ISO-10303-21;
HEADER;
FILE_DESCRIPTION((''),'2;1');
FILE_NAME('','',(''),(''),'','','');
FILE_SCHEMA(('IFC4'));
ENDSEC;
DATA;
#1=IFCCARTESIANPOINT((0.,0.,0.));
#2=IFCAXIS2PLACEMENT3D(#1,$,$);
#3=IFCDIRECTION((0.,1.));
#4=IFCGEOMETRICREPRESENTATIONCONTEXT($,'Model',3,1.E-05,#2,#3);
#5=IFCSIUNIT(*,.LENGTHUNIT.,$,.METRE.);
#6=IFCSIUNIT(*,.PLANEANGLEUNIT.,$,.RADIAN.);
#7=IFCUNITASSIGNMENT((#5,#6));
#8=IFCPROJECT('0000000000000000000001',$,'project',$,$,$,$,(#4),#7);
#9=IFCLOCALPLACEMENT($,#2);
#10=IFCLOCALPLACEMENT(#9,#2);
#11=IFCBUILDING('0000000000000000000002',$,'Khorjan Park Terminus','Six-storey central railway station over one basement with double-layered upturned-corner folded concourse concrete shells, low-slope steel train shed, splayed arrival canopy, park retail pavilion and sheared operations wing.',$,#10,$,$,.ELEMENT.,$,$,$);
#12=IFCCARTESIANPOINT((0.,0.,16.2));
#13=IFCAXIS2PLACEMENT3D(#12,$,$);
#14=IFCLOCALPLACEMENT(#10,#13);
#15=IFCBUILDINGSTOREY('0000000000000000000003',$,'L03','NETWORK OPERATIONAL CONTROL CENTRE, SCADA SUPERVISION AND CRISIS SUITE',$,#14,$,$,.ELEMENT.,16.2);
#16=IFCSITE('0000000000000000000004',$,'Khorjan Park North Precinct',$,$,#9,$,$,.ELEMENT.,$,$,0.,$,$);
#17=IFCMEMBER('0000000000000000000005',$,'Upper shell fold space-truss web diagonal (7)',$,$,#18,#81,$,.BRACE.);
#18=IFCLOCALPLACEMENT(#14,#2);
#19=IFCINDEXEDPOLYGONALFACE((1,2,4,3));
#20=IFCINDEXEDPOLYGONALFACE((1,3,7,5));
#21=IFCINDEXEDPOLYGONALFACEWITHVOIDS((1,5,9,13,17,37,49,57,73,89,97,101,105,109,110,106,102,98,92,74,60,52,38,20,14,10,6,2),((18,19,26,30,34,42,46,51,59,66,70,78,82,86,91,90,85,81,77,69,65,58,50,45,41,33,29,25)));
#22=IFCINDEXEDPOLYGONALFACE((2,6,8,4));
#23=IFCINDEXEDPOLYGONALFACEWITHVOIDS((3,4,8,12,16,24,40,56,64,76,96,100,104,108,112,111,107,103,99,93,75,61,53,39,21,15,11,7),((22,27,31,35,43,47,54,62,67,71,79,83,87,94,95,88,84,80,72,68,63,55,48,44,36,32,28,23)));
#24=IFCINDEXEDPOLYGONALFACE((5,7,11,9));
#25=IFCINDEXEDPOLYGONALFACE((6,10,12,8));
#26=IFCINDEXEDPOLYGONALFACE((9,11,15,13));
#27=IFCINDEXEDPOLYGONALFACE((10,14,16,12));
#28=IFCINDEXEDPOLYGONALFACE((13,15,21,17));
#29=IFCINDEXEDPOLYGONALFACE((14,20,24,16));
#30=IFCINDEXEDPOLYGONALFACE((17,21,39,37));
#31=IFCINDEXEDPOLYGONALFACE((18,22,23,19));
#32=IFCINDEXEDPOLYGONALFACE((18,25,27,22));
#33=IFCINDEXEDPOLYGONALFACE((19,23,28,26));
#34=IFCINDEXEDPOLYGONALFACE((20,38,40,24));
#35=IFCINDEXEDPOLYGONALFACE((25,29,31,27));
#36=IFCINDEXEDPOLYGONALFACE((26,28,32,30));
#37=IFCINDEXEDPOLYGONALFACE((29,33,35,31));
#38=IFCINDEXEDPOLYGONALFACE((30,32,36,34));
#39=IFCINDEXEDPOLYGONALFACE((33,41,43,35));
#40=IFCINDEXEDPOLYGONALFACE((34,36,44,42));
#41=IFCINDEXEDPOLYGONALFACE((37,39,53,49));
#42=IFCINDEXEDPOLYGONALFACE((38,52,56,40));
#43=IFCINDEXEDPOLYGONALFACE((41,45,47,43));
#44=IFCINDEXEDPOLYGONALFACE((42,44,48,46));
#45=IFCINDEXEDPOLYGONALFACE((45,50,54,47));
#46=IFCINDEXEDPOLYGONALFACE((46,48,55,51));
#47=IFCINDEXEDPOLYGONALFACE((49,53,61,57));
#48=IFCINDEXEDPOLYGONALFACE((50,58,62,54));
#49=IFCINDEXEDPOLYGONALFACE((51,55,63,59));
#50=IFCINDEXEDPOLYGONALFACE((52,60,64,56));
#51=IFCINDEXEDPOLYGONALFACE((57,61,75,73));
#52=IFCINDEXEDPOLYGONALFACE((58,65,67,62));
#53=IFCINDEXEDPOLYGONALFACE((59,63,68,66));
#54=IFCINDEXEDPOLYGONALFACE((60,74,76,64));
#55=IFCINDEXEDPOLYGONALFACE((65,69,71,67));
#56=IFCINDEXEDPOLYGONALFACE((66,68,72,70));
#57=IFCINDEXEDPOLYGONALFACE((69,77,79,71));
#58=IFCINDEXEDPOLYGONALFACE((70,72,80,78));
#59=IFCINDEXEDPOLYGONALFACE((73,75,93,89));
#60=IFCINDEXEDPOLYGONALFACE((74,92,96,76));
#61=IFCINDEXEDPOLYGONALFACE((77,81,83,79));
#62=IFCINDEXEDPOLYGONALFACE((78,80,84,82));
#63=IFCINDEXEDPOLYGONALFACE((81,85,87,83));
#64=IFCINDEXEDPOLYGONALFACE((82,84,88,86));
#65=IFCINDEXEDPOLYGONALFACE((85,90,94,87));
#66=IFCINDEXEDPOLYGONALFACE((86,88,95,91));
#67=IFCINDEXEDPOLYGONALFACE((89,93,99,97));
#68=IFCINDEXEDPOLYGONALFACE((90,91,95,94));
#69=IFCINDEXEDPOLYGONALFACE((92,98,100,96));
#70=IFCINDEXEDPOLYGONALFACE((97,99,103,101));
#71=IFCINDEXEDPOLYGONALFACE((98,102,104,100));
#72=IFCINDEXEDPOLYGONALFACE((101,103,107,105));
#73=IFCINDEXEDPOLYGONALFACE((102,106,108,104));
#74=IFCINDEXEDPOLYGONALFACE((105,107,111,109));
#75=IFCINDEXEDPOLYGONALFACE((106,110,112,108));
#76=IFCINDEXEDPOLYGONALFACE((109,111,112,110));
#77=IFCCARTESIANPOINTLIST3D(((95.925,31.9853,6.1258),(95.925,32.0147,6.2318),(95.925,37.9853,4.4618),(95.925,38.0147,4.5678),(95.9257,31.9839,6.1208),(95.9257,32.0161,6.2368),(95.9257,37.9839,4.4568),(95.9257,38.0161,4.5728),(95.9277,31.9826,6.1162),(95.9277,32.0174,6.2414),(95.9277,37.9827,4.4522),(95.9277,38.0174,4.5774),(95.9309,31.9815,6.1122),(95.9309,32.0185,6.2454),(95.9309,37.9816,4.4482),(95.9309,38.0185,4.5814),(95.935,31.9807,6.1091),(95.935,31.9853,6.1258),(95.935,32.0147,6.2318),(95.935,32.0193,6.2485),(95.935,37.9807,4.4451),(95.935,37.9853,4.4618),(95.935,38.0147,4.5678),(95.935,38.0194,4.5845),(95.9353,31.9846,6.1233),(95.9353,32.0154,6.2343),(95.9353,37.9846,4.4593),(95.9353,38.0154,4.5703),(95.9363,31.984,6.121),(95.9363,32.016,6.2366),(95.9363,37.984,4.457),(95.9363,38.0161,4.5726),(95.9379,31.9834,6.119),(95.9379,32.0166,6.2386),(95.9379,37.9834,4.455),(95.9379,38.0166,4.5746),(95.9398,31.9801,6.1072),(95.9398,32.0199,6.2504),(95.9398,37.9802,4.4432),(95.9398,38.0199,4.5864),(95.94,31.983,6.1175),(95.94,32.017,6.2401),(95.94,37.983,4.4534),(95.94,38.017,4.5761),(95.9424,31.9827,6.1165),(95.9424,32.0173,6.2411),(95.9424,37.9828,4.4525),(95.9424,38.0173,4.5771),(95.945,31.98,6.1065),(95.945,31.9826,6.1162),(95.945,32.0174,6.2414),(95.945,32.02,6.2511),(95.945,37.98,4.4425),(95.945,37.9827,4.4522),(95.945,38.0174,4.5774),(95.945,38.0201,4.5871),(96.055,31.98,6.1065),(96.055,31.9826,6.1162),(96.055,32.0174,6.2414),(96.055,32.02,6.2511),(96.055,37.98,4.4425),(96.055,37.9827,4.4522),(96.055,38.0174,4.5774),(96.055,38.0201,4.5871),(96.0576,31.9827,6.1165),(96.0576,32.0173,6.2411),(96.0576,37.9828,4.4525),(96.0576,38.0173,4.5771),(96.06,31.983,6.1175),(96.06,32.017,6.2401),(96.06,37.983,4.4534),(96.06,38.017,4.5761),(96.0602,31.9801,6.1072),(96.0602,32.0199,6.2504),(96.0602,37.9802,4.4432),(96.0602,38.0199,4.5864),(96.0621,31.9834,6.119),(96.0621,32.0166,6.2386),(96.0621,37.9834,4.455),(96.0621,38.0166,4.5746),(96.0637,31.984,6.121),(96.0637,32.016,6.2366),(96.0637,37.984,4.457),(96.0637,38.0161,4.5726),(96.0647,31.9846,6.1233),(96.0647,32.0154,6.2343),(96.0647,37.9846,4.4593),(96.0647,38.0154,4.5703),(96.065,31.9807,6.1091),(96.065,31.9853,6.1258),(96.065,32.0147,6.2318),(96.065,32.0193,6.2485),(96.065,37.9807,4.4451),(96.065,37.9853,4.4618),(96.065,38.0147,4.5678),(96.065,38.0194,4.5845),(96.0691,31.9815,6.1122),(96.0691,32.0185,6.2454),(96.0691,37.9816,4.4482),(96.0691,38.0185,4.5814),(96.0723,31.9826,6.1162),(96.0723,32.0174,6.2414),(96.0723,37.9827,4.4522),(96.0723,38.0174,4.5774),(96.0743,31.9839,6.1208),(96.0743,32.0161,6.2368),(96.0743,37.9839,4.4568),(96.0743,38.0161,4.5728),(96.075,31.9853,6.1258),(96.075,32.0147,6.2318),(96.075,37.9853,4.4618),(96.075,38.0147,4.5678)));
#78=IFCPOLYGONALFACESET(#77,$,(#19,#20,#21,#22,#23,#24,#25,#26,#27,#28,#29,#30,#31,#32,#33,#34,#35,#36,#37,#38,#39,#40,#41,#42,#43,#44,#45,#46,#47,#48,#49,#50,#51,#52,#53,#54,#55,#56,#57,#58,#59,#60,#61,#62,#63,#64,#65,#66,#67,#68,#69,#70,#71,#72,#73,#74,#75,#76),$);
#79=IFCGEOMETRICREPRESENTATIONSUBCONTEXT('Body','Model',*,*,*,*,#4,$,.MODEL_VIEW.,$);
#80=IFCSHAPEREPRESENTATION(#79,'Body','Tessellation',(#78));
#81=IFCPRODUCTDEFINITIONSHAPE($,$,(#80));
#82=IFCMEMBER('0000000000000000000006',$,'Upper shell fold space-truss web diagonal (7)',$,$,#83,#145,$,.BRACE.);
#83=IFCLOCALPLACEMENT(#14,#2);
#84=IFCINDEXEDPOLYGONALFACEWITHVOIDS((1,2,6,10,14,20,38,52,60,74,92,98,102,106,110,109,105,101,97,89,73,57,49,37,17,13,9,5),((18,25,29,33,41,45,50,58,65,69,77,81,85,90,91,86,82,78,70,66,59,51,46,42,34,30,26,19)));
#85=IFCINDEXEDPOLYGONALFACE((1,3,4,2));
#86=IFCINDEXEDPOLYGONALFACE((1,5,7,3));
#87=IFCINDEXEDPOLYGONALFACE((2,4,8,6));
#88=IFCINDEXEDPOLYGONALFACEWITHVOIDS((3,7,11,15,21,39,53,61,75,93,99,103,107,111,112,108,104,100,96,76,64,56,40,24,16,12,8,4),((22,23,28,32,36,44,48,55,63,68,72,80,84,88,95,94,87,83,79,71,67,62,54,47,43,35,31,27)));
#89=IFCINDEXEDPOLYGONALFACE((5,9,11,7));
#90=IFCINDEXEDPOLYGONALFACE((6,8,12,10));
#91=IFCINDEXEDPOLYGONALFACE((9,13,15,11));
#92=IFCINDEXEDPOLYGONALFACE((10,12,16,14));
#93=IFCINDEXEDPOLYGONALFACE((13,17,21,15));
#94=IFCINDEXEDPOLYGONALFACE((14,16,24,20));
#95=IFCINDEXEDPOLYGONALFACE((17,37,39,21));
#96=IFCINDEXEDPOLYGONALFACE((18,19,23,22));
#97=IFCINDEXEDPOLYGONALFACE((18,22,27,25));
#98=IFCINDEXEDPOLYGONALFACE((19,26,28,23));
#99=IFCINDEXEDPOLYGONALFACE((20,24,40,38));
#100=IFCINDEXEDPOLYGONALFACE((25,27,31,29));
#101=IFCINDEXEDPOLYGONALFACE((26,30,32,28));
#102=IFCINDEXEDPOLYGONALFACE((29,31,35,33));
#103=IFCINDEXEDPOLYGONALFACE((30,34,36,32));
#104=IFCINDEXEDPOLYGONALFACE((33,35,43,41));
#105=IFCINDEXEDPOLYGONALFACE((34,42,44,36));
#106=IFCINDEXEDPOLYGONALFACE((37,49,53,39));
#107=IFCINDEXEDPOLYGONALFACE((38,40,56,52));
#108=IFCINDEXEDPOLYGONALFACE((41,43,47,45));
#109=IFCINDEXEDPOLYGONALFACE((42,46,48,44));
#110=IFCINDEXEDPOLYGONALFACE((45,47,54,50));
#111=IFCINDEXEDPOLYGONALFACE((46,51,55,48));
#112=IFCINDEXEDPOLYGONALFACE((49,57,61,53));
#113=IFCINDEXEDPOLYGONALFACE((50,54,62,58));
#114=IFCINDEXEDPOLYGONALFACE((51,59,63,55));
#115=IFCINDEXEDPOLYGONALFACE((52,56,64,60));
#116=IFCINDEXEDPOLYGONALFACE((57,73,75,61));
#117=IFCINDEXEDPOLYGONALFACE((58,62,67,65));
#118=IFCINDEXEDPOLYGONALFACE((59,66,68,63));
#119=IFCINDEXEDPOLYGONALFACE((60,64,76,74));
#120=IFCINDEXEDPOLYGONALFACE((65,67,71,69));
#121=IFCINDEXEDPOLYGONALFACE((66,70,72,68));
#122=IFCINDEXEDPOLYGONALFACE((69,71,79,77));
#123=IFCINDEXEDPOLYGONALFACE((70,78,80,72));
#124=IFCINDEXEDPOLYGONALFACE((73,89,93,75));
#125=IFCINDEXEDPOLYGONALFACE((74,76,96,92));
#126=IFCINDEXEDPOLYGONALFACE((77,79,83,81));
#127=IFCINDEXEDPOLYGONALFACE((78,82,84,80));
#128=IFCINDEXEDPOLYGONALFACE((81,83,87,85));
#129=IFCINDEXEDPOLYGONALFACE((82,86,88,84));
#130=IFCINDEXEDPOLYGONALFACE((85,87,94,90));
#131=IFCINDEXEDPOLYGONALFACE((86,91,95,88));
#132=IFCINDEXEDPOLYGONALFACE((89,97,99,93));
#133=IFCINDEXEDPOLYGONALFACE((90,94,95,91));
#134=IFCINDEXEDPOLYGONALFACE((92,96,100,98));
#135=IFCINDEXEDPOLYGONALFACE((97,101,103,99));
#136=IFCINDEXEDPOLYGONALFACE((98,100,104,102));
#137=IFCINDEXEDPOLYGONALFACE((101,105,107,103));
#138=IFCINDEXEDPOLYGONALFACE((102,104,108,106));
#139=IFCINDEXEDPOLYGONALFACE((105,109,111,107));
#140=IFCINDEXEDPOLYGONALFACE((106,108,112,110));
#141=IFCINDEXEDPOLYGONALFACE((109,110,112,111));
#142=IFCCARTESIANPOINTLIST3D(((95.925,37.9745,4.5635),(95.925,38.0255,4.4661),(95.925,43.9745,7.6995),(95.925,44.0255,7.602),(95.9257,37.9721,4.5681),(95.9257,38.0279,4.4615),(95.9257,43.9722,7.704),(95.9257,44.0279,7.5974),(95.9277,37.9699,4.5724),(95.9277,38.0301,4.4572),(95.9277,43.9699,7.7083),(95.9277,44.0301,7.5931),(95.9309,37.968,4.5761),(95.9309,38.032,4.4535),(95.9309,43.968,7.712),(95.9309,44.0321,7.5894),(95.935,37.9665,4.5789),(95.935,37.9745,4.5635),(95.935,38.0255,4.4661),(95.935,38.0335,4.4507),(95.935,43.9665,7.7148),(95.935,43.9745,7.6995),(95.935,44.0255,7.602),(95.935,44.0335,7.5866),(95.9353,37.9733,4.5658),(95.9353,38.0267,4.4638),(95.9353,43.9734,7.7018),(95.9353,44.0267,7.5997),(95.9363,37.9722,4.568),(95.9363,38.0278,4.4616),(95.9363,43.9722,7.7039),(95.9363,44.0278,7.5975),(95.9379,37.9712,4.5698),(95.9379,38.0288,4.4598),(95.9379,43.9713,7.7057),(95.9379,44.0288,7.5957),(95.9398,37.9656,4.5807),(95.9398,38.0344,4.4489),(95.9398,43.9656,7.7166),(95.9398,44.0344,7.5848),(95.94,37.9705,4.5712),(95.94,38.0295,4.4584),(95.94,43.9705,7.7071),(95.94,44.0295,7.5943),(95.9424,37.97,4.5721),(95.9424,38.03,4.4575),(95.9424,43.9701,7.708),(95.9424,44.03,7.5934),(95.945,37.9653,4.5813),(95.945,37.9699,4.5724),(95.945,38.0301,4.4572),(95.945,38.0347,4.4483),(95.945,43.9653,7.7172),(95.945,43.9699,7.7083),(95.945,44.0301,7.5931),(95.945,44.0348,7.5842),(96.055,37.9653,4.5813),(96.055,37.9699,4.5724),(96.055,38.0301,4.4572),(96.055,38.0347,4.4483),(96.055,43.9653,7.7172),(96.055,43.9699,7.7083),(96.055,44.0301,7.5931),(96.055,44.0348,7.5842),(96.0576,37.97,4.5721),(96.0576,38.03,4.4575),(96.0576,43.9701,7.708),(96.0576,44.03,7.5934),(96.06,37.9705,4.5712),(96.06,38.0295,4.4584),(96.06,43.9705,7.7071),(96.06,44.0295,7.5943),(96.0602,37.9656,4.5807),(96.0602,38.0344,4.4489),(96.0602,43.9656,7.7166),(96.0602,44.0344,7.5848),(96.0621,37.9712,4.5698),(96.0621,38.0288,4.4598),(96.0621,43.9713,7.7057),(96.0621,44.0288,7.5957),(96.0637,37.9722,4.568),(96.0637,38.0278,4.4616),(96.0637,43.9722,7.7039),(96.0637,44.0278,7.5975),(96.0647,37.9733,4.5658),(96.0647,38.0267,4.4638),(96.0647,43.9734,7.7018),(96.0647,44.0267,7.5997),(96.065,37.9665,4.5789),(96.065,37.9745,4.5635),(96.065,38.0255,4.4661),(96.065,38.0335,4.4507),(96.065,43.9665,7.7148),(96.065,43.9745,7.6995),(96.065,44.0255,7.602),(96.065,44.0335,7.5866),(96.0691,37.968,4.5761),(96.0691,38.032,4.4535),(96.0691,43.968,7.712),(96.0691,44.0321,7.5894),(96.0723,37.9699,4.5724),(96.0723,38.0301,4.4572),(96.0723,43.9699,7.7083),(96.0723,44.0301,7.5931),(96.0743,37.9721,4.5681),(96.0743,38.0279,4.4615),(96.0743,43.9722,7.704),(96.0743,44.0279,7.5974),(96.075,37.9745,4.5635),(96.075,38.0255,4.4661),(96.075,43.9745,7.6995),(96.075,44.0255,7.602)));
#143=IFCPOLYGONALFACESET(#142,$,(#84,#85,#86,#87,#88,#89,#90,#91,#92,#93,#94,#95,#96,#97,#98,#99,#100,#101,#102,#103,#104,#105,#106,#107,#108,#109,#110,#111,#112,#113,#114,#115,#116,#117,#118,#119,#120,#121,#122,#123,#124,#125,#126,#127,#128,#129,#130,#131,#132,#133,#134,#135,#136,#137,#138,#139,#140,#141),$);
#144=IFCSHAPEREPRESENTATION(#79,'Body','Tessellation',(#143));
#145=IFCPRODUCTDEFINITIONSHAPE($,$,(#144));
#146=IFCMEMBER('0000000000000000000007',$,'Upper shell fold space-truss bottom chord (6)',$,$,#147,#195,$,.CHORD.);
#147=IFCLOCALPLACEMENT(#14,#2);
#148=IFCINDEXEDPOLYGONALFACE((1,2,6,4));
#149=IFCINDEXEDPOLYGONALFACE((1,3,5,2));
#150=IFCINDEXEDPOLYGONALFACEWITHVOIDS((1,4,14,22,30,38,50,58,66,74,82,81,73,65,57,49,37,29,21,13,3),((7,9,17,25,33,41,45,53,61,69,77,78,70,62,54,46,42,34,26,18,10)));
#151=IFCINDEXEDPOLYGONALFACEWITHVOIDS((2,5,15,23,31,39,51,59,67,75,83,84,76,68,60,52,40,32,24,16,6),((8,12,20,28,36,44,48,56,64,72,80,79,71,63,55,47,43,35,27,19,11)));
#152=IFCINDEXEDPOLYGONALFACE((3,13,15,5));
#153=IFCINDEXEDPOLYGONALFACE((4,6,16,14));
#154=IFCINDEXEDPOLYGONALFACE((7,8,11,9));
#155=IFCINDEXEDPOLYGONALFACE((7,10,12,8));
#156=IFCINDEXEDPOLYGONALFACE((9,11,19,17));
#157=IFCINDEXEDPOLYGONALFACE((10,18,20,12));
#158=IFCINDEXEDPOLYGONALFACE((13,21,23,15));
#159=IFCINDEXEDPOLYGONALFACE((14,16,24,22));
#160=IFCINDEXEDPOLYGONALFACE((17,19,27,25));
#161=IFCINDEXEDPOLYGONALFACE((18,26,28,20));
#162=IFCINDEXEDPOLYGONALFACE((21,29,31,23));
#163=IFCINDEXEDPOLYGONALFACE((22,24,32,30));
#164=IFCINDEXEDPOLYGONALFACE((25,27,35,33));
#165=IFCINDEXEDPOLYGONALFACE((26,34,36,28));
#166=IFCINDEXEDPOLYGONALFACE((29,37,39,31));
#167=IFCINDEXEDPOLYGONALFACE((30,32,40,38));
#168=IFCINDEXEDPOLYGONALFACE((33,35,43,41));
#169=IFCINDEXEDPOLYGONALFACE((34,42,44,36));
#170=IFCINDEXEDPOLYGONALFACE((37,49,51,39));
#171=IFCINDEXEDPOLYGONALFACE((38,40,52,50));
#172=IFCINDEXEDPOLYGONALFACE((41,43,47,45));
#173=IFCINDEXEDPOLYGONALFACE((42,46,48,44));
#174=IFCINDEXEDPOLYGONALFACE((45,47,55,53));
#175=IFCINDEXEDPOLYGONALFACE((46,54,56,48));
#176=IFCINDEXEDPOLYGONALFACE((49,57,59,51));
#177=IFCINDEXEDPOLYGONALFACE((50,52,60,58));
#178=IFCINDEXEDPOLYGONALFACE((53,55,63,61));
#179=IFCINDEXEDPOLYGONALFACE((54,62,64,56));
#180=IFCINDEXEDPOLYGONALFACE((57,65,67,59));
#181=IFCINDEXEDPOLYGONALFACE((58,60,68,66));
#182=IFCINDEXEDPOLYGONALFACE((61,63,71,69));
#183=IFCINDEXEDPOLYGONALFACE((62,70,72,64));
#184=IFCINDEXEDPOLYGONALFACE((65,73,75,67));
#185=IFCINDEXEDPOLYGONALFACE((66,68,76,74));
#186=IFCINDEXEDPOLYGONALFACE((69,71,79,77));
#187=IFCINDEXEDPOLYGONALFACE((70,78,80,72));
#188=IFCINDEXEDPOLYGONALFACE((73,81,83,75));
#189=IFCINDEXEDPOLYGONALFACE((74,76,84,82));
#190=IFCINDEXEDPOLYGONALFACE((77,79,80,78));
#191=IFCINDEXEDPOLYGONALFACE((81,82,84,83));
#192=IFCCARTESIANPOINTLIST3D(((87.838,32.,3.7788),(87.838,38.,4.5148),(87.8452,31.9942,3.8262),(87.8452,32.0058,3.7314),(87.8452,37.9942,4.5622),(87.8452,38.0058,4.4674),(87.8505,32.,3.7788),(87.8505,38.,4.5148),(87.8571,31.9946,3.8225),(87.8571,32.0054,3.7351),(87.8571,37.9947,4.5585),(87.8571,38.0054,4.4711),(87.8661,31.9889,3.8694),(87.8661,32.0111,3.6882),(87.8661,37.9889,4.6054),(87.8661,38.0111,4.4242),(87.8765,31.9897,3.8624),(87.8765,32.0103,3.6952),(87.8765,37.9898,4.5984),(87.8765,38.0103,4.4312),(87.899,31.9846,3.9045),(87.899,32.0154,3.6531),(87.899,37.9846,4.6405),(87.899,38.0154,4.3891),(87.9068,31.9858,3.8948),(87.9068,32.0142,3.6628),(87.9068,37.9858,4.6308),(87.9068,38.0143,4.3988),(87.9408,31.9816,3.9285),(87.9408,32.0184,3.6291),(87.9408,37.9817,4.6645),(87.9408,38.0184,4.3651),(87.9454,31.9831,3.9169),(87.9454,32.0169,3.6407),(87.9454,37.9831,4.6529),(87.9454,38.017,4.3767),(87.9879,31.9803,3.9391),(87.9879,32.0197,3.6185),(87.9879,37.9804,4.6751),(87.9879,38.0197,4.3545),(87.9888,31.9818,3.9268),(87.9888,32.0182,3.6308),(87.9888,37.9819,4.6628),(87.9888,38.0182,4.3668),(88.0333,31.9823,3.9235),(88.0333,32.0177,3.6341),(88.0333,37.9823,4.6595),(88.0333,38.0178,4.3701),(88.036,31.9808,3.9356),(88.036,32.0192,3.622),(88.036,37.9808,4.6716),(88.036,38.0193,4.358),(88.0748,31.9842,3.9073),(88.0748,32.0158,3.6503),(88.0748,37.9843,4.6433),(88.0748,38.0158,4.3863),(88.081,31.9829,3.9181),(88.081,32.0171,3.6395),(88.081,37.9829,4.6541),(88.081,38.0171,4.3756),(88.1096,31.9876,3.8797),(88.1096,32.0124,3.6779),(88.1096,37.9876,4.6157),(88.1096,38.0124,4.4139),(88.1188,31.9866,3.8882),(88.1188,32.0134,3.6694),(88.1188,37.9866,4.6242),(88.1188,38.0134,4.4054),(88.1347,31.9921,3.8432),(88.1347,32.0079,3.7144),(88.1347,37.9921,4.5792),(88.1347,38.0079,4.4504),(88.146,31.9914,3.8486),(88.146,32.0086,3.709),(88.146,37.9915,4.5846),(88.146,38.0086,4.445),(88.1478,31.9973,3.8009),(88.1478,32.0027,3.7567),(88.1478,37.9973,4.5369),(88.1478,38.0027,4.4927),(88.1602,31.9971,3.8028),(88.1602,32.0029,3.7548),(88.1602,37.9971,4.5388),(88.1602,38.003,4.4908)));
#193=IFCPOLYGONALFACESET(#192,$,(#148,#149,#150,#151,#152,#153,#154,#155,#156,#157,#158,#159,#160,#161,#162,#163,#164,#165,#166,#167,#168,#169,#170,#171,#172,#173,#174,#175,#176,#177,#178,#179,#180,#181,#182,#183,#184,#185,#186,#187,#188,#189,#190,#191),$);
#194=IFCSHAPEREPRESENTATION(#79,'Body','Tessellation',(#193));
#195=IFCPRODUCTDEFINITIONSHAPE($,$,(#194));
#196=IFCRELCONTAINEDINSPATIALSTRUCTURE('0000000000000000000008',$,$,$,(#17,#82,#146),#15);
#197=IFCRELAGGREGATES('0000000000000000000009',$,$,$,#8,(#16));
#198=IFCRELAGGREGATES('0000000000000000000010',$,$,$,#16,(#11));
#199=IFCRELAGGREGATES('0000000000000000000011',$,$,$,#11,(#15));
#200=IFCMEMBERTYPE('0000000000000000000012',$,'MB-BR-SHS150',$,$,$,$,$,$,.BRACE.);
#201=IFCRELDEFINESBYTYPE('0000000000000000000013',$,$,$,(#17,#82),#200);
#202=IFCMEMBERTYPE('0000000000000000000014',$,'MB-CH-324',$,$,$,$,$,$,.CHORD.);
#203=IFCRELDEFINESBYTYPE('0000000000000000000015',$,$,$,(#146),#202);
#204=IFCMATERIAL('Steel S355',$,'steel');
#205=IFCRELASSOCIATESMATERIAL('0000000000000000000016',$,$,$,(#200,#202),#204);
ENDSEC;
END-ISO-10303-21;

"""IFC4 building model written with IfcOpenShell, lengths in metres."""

from ifc_helpers import new_model, si_unit, direction, frame, origin, origin_2d, place, context, subcontext, project, spatial, hollow_rectangle, hollow_circle, extrude, material, material_profile, profile_set, type_object, element, save


model = new_model("IFC4")

# Units and contexts
model_context = context("Model", 3, precision=1e-05, world=origin(), true_north=direction((0.0, 1.0)))
body_context = subcontext(model_context, "Body", "Model", "MODEL_VIEW")
ifc_project = project(units=[si_unit("LENGTHUNIT", "METRE"), si_unit("PLANEANGLEUNIT", "RADIAN")], contexts=[model_context])

# Site, building, storey
site_placement = place(None, origin())
site = spatial("IfcSite", under=ifc_project, at=site_placement, Name="Khorjan Park North Precinct", CompositionType="ELEMENT", RefElevation=0.0)
building_placement = place(site_placement, origin())
building = spatial("IfcBuilding", under=site, at=building_placement, Name="Khorjan Park Terminus", Description="Six-storey central railway station over one basement with double-layered upturned-corner folded concourse concrete shells, low-slope steel train shed, splayed arrival canopy, park retail pavilion and sheared operations wing.", CompositionType="ELEMENT")
storey_placement = place(building_placement, frame((0.0, 0.0, 16.2)))
storey = spatial("IfcBuildingStorey", under=building, at=storey_placement, Name="L03", Description="NETWORK OPERATIONAL CONTROL CENTRE, SCADA SUPERVISION AND CRISIS SUITE", CompositionType="ELEMENT", Elevation=16.2)

# Members
ifc_material_1 = material(Name="Steel S355", Category="steel")
ifc_material_profile_1 = material_profile(ifc_material_1, hollow_rectangle(XDim=0.15, YDim=0.15, WallThickness=0.01, InnerFilletRadius=0.01, OuterFilletRadius=0.02, at=origin_2d()), Name="SHS 150x150x10")
ifc_profile_set_1 = profile_set([ifc_material_profile_1], Name="Steel S355")
member_type_1 = type_object("IfcMemberType", Name="MB-BR-SHS150", PredefinedType="BRACE", material=ifc_profile_set_1)
member_1_placement = place(storey_placement, frame((96.0, 32.0, 6.1788), z_axis=(0.0, 0.963628, -0.267246), x_axis=(-1.0, 0.0, 0.0)))
element("IfcMember", 1, at=member_1_placement, inside=storey, type_object=member_type_1, Name="Upper shell fold space-truss web diagonal (7)", PredefinedType="BRACE", context=body_context, shape_type="SweptSolid", body=[
    extrude(hollow_rectangle(XDim=0.15, YDim=0.15, WallThickness=0.01, InnerFilletRadius=0.01, OuterFilletRadius=0.02, at=origin_2d()), origin(), (0.0, 0.0, 1.0), 6.2265),
])
member_2_placement = place(storey_placement, frame((96.0, 38.0, 4.5148), z_axis=(0.0, 0.886254, 0.4632), x_axis=(-1.0, 0.0, 0.0)))
element("IfcMember", 2, at=member_2_placement, inside=storey, type_object=member_type_1, Name="Upper shell fold space-truss web diagonal (7)", PredefinedType="BRACE", context=body_context, shape_type="SweptSolid", body=[
    extrude(hollow_rectangle(XDim=0.15, YDim=0.15, WallThickness=0.01, InnerFilletRadius=0.01, OuterFilletRadius=0.02, at=origin_2d()), origin(), (0.0, 0.0, 1.0), 6.7701),
])
ifc_material_profile_2 = material_profile(ifc_material_1, hollow_circle(Radius=0.162, WallThickness=0.0125, at=origin_2d()), Name="CHS 323.9x12.5")
ifc_profile_set_2 = profile_set([ifc_material_profile_2], Name="Steel S355")
member_type_2 = type_object("IfcMemberType", Name="MB-CH-324", PredefinedType="CHORD", material=ifc_profile_set_2)
for number, where, z_axis, x_axis, name in (
    (3, (88.0, 32.0, 3.7788), (0.0, 0.99256, 0.121754), (-1.0, 0.0, 0.0), "Upper shell fold space-truss bottom chord (6)"),
):
    element("IfcMember", number, at=place(storey_placement, frame(where, z_axis=z_axis, x_axis=x_axis)), inside=storey, type_object=member_type_2, Name=name, PredefinedType="CHORD", context=body_context, shape_type="SweptSolid", body=[
        extrude(hollow_circle(Radius=0.162, WallThickness=0.0125, at=origin_2d()), origin(), (0.0, 0.0, 1.0), 6.045),
    ])

save(model, "model.ifc")
